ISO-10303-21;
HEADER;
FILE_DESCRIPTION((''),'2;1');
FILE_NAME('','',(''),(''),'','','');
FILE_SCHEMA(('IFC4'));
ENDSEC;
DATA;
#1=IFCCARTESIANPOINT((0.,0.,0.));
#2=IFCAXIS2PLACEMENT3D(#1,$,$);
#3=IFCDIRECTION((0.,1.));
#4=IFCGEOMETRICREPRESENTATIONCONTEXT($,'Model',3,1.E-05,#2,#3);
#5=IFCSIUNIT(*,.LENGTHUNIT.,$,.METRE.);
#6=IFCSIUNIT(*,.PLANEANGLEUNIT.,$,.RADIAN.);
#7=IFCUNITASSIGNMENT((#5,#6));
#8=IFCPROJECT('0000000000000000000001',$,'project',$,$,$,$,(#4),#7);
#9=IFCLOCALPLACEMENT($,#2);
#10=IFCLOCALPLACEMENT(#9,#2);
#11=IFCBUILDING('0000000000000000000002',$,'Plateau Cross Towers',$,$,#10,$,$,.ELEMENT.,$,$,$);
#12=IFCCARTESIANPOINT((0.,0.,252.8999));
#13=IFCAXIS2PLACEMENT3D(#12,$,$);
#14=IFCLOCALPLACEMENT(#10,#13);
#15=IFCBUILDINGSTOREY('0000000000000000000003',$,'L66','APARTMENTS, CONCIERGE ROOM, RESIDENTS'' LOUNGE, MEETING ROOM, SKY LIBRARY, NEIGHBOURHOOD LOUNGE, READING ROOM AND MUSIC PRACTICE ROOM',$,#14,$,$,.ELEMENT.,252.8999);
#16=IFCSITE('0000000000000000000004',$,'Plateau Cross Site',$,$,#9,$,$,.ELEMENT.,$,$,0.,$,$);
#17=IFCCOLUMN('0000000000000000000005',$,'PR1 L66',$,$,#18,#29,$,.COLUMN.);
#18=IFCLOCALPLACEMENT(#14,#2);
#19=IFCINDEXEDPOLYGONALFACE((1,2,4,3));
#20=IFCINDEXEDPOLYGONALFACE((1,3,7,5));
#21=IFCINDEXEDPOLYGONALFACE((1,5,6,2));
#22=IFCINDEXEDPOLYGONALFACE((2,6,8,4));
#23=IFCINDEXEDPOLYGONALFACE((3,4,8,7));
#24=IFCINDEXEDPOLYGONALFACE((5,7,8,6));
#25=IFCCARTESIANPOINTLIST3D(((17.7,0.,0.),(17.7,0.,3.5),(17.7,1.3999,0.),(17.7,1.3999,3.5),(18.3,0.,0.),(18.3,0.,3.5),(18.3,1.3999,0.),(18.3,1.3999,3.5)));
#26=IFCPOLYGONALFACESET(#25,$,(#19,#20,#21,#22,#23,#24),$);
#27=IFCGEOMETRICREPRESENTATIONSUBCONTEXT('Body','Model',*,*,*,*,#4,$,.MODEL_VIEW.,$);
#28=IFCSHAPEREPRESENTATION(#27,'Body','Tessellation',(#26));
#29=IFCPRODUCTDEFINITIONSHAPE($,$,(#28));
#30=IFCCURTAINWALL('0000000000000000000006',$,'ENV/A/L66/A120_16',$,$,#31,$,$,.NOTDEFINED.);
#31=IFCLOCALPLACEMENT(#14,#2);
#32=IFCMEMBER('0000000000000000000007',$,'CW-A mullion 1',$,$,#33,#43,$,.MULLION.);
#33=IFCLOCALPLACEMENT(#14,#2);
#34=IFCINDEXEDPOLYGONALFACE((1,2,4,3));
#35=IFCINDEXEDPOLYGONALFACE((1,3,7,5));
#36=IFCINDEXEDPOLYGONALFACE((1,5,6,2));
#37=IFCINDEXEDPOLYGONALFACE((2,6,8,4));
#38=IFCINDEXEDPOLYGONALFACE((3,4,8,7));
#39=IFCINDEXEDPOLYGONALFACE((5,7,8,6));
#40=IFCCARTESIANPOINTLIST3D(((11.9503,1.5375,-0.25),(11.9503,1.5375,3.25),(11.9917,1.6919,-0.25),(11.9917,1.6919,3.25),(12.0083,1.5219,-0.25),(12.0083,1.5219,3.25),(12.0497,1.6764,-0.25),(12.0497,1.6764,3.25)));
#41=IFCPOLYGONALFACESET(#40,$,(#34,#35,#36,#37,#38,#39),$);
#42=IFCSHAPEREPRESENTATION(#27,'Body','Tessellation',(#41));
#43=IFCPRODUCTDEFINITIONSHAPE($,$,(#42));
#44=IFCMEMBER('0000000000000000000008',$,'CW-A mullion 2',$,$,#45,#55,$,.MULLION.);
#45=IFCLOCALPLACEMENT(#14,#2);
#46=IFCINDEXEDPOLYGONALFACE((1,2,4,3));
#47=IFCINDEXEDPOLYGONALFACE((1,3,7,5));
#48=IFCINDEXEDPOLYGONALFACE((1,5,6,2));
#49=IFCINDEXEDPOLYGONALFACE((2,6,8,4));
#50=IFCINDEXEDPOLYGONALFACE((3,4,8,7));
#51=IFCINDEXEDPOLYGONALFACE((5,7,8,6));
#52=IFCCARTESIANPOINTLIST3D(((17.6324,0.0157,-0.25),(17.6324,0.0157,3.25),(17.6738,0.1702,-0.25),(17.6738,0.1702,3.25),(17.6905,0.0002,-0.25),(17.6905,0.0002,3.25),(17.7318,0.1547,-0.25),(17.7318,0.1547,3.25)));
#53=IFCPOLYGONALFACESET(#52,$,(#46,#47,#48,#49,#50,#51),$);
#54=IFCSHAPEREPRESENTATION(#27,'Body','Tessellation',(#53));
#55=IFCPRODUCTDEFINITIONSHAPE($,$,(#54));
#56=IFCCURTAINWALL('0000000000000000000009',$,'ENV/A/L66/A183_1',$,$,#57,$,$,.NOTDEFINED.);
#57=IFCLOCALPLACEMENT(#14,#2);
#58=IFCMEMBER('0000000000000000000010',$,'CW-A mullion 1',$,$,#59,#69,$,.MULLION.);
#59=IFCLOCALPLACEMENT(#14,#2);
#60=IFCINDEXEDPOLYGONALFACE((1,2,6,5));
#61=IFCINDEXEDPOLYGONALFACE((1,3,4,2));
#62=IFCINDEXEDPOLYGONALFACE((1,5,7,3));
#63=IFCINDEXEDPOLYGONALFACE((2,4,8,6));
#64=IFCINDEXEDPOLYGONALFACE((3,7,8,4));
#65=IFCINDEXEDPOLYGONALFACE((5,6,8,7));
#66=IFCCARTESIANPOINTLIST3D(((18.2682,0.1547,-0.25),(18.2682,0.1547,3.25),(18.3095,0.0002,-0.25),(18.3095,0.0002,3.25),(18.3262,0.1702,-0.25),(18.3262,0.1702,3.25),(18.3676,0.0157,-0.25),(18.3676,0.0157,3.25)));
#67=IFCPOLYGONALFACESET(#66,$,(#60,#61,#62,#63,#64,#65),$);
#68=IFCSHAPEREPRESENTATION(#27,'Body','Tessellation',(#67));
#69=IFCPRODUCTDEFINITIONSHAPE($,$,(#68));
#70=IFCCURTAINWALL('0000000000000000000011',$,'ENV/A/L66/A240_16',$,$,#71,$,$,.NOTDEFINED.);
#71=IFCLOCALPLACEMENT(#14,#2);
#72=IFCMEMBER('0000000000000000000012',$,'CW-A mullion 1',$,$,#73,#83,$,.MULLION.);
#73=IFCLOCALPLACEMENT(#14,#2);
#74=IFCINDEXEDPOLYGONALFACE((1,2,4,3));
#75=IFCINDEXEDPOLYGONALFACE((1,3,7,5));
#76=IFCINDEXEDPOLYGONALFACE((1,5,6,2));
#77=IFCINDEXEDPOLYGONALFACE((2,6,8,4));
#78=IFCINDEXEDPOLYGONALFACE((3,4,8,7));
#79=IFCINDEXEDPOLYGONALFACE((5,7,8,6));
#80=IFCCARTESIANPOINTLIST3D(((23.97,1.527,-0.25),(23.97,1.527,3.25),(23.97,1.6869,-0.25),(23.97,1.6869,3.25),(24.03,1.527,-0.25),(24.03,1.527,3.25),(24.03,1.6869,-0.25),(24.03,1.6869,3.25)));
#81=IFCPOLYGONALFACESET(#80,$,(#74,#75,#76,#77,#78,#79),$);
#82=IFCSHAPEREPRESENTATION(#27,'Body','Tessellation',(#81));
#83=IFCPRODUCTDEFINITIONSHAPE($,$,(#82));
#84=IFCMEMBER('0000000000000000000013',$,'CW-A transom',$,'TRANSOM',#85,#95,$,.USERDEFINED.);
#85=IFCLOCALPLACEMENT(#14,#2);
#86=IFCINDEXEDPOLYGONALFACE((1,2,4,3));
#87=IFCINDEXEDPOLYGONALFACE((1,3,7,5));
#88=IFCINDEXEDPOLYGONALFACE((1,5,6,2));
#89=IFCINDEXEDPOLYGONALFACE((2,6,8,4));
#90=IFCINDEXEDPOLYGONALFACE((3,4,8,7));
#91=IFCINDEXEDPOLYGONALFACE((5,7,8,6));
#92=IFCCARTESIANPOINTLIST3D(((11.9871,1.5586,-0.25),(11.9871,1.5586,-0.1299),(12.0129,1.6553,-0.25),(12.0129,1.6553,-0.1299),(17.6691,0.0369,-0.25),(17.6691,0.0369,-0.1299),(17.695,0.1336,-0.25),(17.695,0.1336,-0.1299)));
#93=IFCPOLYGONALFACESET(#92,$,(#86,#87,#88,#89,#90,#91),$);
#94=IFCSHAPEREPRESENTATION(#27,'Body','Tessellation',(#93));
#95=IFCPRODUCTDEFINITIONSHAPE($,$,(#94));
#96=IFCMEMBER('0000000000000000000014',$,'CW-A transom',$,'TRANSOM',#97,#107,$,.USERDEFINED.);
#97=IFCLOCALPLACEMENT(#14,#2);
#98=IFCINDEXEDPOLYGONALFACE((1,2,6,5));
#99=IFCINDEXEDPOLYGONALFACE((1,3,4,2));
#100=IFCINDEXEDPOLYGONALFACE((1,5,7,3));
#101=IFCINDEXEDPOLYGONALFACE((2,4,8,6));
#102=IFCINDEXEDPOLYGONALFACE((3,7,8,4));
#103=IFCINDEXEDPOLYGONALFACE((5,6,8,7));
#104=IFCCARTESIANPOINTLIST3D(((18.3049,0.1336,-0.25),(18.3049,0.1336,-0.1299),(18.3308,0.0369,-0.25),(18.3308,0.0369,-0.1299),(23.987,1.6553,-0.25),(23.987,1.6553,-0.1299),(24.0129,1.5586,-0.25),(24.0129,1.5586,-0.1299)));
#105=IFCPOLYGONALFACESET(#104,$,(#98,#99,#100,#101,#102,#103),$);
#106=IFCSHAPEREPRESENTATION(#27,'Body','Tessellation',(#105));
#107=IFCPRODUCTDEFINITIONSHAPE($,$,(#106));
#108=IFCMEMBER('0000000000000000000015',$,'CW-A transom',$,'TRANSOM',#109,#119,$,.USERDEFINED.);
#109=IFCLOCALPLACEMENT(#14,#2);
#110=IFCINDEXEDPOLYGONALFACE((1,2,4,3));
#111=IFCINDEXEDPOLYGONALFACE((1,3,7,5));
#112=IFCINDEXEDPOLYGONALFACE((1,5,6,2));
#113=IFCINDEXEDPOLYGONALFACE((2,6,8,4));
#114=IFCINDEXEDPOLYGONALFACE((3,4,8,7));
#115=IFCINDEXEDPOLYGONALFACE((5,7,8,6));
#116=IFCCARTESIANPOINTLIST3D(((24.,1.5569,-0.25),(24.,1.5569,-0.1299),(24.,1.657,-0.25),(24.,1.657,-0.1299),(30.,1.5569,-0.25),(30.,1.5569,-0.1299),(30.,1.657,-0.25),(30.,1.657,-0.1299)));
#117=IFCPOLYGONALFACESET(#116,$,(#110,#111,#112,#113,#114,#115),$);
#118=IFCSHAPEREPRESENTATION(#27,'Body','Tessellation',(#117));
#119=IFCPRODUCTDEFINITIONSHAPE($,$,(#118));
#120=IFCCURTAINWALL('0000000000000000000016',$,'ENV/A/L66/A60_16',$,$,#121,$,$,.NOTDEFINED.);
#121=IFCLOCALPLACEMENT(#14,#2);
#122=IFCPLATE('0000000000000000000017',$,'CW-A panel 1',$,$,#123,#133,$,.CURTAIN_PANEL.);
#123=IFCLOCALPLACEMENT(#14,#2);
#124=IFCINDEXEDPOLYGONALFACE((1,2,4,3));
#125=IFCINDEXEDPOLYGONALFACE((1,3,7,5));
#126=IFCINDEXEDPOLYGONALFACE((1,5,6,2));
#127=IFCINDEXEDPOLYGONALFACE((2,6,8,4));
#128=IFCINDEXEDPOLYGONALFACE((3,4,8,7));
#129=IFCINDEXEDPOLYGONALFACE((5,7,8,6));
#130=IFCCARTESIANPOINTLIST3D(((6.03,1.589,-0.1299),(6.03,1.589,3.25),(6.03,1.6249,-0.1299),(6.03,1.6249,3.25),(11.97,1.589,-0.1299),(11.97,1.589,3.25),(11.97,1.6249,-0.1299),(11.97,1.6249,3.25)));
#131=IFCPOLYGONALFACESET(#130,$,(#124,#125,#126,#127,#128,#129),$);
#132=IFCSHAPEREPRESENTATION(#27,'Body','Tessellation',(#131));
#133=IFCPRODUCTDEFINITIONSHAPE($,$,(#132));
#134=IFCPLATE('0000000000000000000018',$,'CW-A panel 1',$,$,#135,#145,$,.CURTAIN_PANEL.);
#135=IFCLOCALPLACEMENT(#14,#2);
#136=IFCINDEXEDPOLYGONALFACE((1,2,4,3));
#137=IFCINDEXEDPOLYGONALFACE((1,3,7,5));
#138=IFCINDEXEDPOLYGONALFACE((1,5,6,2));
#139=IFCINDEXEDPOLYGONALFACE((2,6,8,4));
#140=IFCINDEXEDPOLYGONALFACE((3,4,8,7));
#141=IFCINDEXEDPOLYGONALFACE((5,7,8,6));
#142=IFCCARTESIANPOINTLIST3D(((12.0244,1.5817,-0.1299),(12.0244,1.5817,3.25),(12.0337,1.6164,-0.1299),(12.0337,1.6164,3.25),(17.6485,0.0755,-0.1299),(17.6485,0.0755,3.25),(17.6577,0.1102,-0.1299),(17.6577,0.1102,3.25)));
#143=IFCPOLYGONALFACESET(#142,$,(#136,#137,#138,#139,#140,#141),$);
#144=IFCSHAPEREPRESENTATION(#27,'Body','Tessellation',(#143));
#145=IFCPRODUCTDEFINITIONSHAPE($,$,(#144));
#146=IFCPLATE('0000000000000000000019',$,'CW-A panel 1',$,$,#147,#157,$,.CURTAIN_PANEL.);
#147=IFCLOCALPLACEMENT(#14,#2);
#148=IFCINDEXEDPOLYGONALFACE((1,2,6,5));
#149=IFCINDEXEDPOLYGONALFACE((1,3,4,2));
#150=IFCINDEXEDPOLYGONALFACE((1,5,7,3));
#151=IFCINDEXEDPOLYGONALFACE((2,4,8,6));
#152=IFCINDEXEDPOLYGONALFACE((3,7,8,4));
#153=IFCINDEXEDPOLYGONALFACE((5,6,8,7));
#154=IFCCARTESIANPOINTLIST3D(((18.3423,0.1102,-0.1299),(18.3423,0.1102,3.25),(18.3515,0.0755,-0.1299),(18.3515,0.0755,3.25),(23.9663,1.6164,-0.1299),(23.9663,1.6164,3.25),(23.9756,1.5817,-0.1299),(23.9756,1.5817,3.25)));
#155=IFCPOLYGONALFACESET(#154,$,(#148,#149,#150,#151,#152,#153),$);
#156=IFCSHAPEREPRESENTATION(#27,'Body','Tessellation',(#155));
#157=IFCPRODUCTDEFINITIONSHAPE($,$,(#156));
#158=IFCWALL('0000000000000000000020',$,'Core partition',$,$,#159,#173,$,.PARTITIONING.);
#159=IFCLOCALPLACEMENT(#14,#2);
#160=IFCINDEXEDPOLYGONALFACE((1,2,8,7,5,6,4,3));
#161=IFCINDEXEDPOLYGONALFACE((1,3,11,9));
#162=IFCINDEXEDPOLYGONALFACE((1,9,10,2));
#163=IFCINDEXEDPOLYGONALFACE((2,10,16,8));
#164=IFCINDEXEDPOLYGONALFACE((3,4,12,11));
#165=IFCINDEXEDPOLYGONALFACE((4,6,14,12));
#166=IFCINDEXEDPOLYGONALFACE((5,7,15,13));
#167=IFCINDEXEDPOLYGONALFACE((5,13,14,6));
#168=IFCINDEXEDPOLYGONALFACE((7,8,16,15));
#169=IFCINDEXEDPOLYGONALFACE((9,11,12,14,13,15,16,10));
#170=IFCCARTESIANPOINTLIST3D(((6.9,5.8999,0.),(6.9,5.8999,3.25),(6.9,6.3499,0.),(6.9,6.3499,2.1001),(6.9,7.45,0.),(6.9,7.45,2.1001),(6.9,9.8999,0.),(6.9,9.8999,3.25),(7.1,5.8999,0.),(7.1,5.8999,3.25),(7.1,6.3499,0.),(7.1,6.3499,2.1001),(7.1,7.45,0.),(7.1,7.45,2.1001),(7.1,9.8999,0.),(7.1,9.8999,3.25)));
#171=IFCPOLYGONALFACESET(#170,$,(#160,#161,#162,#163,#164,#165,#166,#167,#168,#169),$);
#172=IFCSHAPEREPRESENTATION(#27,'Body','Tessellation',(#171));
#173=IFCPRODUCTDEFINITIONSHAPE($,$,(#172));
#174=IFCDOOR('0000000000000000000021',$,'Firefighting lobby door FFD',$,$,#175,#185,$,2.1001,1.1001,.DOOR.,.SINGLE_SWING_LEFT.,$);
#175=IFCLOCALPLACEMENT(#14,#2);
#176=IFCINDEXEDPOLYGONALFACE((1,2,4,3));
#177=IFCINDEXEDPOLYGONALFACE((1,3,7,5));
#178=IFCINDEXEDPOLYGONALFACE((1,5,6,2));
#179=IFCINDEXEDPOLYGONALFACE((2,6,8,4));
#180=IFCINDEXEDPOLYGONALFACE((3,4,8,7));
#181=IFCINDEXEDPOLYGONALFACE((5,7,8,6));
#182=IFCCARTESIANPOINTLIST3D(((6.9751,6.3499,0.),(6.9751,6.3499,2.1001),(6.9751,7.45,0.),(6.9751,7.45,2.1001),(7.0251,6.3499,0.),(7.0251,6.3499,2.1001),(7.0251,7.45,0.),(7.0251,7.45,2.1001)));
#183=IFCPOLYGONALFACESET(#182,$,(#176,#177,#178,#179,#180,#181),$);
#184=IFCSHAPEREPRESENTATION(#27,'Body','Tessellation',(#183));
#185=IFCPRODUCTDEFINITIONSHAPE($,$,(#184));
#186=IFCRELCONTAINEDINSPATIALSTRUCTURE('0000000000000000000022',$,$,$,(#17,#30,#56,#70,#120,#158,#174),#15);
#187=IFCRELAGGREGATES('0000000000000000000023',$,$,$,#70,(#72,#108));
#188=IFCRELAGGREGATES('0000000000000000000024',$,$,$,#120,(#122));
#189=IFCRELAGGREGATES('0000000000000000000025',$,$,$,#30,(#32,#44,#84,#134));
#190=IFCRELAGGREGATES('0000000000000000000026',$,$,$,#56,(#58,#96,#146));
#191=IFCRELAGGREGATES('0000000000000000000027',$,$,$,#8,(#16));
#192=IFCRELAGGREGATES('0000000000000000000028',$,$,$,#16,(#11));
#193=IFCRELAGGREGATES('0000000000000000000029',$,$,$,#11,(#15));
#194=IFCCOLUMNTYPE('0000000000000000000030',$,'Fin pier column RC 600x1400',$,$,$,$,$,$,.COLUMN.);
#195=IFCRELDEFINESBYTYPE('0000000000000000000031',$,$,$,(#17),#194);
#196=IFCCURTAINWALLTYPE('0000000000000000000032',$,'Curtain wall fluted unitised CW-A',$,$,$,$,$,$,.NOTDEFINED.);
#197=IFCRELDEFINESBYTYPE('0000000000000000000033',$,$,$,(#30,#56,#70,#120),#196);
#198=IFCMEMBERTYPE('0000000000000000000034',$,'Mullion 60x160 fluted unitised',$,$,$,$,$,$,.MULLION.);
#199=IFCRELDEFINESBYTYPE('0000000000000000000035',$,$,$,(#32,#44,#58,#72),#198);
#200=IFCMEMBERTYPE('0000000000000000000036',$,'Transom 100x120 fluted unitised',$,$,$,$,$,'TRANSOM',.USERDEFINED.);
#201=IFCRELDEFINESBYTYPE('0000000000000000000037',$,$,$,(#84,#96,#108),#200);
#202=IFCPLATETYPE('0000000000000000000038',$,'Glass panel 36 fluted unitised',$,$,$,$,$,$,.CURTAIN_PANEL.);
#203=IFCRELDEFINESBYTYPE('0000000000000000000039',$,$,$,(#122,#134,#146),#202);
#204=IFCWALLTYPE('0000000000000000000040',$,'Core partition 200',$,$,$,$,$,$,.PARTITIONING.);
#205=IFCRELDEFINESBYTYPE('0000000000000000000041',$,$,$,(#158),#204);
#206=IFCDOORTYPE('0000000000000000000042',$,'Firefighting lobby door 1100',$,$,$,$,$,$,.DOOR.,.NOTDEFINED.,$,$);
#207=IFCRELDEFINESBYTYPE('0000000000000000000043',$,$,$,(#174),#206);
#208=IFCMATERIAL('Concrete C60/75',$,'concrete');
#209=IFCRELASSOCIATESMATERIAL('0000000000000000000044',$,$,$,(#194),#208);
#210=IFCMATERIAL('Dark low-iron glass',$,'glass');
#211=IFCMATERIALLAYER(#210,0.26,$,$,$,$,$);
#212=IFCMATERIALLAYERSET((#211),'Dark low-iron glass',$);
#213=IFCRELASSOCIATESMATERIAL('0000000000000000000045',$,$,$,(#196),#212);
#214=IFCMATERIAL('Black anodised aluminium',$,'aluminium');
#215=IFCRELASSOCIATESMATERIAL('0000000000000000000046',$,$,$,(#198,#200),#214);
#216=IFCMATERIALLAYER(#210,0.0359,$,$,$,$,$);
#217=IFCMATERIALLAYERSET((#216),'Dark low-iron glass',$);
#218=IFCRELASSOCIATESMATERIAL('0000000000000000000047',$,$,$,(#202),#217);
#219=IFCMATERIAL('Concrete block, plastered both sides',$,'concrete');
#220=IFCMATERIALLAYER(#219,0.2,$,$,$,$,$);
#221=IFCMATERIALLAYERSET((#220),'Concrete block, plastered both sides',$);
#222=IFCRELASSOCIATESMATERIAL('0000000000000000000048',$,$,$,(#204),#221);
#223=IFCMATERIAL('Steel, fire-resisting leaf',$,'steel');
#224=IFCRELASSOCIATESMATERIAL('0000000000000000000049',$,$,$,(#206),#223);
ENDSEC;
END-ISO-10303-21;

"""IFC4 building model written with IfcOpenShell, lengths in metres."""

from ifc_helpers import new_model, si_unit, direction, frame, frame_2d, origin, origin_2d, place, context, subcontext, project, spatial, rectangle, extrude, material, layer, layer_set, material_profile, profile_set, type_object, element, fill, aggregate, save


model = new_model("IFC4")

# Units and contexts
model_context = context("Model", 3, precision=1e-05, world=origin(), true_north=direction((0.0, 1.0)))
body_context = subcontext(model_context, "Body", "Model", "MODEL_VIEW")
ifc_project = project(units=[si_unit("LENGTHUNIT", "METRE"), si_unit("PLANEANGLEUNIT", "RADIAN")], contexts=[model_context])

# Site, building, storey
site_placement = place(None, origin())
site = spatial("IfcSite", under=ifc_project, at=site_placement, Name="Plateau Cross Site", CompositionType="ELEMENT", RefElevation=0.0)
building_placement = place(site_placement, origin())
building = spatial("IfcBuilding", under=site, at=building_placement, Name="Plateau Cross Towers", CompositionType="ELEMENT")
storey_placement = place(building_placement, frame((0.0, 0.0, 252.8999)))
storey = spatial("IfcBuildingStorey", under=building, at=storey_placement, Name="L66", Description="APARTMENTS, CONCIERGE ROOM, RESIDENTS' LOUNGE, MEETING ROOM, SKY LIBRARY, NEIGHBOURHOOD LOUNGE, READING ROOM AND MUSIC PRACTICE ROOM", CompositionType="ELEMENT", Elevation=252.8999)

# Column
ifc_material_1 = material(Name="Concrete C60/75", Category="concrete")
ifc_material_profile_1 = material_profile(ifc_material_1, rectangle(XDim=0.6001, YDim=1.3999, at=origin_2d()), Name="RC 600x1400")
ifc_profile_set_1 = profile_set([ifc_material_profile_1], Name="Concrete C60/75")
column_type = type_object("IfcColumnType", Name="Fin pier column RC 600x1400", PredefinedType="COLUMN", material=ifc_profile_set_1)
column_placement = place(storey_placement, frame((18.0, 0.7, 0.0), z_axis=(0.0, 0.0, 1.0), x_axis=(1.0, 0.0, 0.0)))
element("IfcColumn", 1, at=column_placement, inside=storey, type_object=column_type, Name="PR1 L66", PredefinedType="COLUMN", context=body_context, shape_type="SweptSolid", body=[
    extrude(rectangle(XDim=0.6001, YDim=1.3999, at=origin_2d()), origin(), (0.0, 0.0, 1.0), 3.5),
])

# Curtain wall, members
ifc_material_2 = material(Name="Dark low-iron glass", Category="glass")
ifc_layer_1 = layer(ifc_material_2, 0.26)
ifc_layer_set_1 = layer_set([ifc_layer_1], Name="Dark low-iron glass")
curtain_wall_type = type_object("IfcCurtainWallType", Name="Curtain wall fluted unitised CW-A", PredefinedType="NOTDEFINED", material=ifc_layer_set_1)
curtain_wall_1_placement = place(storey_placement, origin())
curtain_wall_1 = element("IfcCurtainWall", 2, at=curtain_wall_1_placement, inside=storey, type_object=curtain_wall_type, Name="ENV/A/L66/A120_16", PredefinedType="NOTDEFINED")
ifc_material_3 = material(Name="Black anodised aluminium", Category="aluminium")
ifc_material_profile_2 = material_profile(ifc_material_3, rectangle(XDim=0.0601, YDim=0.1599, at=origin_2d()), Name="MULLION 60x160")
ifc_profile_set_2 = profile_set([ifc_material_profile_2], Name="Black anodised aluminium")
member_type_1 = type_object("IfcMemberType", Name="Mullion 60x160 fluted unitised", PredefinedType="MULLION", material=ifc_profile_set_2)
member_1_placement = place(storey_placement, frame((12.0, 1.6069, -0.25), z_axis=(0.0, 0.0, 1.0), x_axis=(0.965958, -0.258699, 0.0)))
member_1 = element("IfcMember", 3, at=member_1_placement, type_object=member_type_1, Name="CW-A mullion 1", PredefinedType="MULLION", context=body_context, shape_type="SweptSolid", body=[
    extrude(rectangle(XDim=0.0601, YDim=0.1599, at=origin_2d()), origin(), (0.0, 0.0, 1.0), 3.5),
])
member_2_placement = place(storey_placement, frame((17.6821, 0.0852, -0.25), z_axis=(0.0, 0.0, 1.0), x_axis=(0.965958, -0.258699, 0.0)))
member_2 = element("IfcMember", 4, at=member_2_placement, type_object=member_type_1, Name="CW-A mullion 2", PredefinedType="MULLION", context=body_context, shape_type="SweptSolid", body=[
    extrude(rectangle(XDim=0.0601, YDim=0.1599, at=origin_2d()), origin(), (0.0, 0.0, 1.0), 3.5),
])

# Curtain walls, members
curtain_wall_2_placement = place(storey_placement, origin())
curtain_wall_2 = element("IfcCurtainWall", 5, at=curtain_wall_2_placement, inside=storey, type_object=curtain_wall_type, Name="ENV/A/L66/A183_1", PredefinedType="NOTDEFINED")
member_3_placement = place(storey_placement, frame((18.3179, 0.0852, -0.25), z_axis=(0.0, 0.0, 1.0), x_axis=(0.965958, 0.258699, 0.0)))
member_3 = element("IfcMember", 6, at=member_3_placement, type_object=member_type_1, Name="CW-A mullion 1", PredefinedType="MULLION", context=body_context, shape_type="SweptSolid", body=[
    extrude(rectangle(XDim=0.0601, YDim=0.1599, at=origin_2d()), origin(), (0.0, 0.0, 1.0), 3.5),
])
curtain_wall_3_placement = place(storey_placement, origin())
curtain_wall_3 = element("IfcCurtainWall", 7, at=curtain_wall_3_placement, inside=storey, type_object=curtain_wall_type, Name="ENV/A/L66/A240_16", PredefinedType="NOTDEFINED")
member_4_placement = place(storey_placement, frame((24.0, 1.6069, -0.25), z_axis=(0.0, 0.0, 1.0), x_axis=(1.0, 0.0, 0.0)))
member_4 = element("IfcMember", 8, at=member_4_placement, type_object=member_type_1, Name="CW-A mullion 1", PredefinedType="MULLION", context=body_context, shape_type="SweptSolid", body=[
    extrude(rectangle(XDim=0.0601, YDim=0.1599, at=origin_2d()), origin(), (0.0, 0.0, 1.0), 3.5),
])

# Members
ifc_material_profile_3 = material_profile(ifc_material_3, rectangle(XDim=0.1001, YDim=0.1201, at=origin_2d()), Name="TRANSOM 100x120")
ifc_profile_set_3 = profile_set([ifc_material_profile_3], Name="Black anodised aluminium")
member_type_2 = type_object("IfcMemberType", Name="Transom 100x120 fluted unitised", ElementType="TRANSOM", PredefinedType="USERDEFINED", material=ifc_profile_set_3)
member_5_placement = place(storey_placement, frame((12.0, 1.6069, -0.1899), z_axis=(0.96596, -0.258693, 0.0), x_axis=(0.258693, 0.96596, 0.0)))
member_5 = element("IfcMember", 9, at=member_5_placement, type_object=member_type_2, Name="CW-A transom", ObjectType="TRANSOM", PredefinedType="USERDEFINED", context=body_context, shape_type="SweptSolid", body=[
    extrude(rectangle(XDim=0.1001, YDim=0.1201, at=origin_2d()), origin(), (0.0, 0.0, 1.0), 5.8823),
])
member_6_placement = place(storey_placement, frame((18.3179, 0.0852, -0.1899), z_axis=(0.96596, 0.258693, 0.0), x_axis=(-0.258693, 0.96596, 0.0)))
member_6 = element("IfcMember", 10, at=member_6_placement, type_object=member_type_2, Name="CW-A transom", ObjectType="TRANSOM", PredefinedType="USERDEFINED", context=body_context, shape_type="SweptSolid", body=[
    extrude(rectangle(XDim=0.1001, YDim=0.1201, at=origin_2d()), origin(), (0.0, 0.0, 1.0), 5.8823),
])
member_7_placement = place(storey_placement, frame((24.0, 1.6069, -0.1899), z_axis=(1.0, 0.0, 0.0), x_axis=(0.0, 1.0, 0.0)))
member_7 = element("IfcMember", 11, at=member_7_placement, type_object=member_type_2, Name="CW-A transom", ObjectType="TRANSOM", PredefinedType="USERDEFINED", context=body_context, shape_type="SweptSolid", body=[
    extrude(rectangle(XDim=0.1001, YDim=0.1201, at=origin_2d()), origin(), (0.0, 0.0, 1.0), 6.0),
])
aggregate(curtain_wall_3, [member_4, member_7])

# Curtain wall, plate
curtain_wall_4_placement = place(storey_placement, origin())
curtain_wall_4 = element("IfcCurtainWall", 12, at=curtain_wall_4_placement, inside=storey, type_object=curtain_wall_type, Name="ENV/A/L66/A60_16", PredefinedType="NOTDEFINED")
ifc_layer_2 = layer(ifc_material_2, 0.0359)
ifc_layer_set_2 = layer_set([ifc_layer_2], Name="Dark low-iron glass")
plate_type = type_object("IfcPlateType", Name="Glass panel 36 fluted unitised", PredefinedType="CURTAIN_PANEL", material=ifc_layer_set_2)
plate_1_placement = place(storey_placement, frame((9.0, 1.6069, -0.1299), z_axis=(0.0, 0.0, 1.0), x_axis=(1.0, 0.0, 0.0)))
plate_1 = element("IfcPlate", 13, at=plate_1_placement, type_object=plate_type, Name="CW-A panel 1", PredefinedType="CURTAIN_PANEL", context=body_context, shape_type="SweptSolid", body=[
    extrude(rectangle(XDim=5.9399, YDim=0.0359, at=origin_2d()), origin(), (0.0, 0.0, 1.0), 3.3799),
])
aggregate(curtain_wall_4, [plate_1])

# Plates
plate_2_placement = place(storey_placement, frame((14.8411, 0.8459, -0.1299), z_axis=(0.0, 0.0, 1.0), x_axis=(0.965958, -0.258699, 0.0)))
plate_2 = element("IfcPlate", 14, at=plate_2_placement, type_object=plate_type, Name="CW-A panel 1", PredefinedType="CURTAIN_PANEL", context=body_context, shape_type="SweptSolid", body=[
    extrude(rectangle(XDim=5.8223, YDim=0.0359, at=origin_2d()), origin(), (0.0, 0.0, 1.0), 3.3799),
])
aggregate(curtain_wall_1, [member_1, member_2, member_5, plate_2])
plate_3_placement = place(storey_placement, frame((21.1589, 0.8459, -0.1299), z_axis=(0.0, 0.0, 1.0), x_axis=(0.965958, 0.258699, 0.0)))
plate_3 = element("IfcPlate", 15, at=plate_3_placement, type_object=plate_type, Name="CW-A panel 1", PredefinedType="CURTAIN_PANEL", context=body_context, shape_type="SweptSolid", body=[
    extrude(rectangle(XDim=5.8223, YDim=0.0359, at=origin_2d()), origin(), (0.0, 0.0, 1.0), 3.3799),
])
aggregate(curtain_wall_2, [member_3, member_6, plate_3])

# Wall, opening, door
ifc_material_4 = material(Name="Concrete block, plastered both sides", Category="concrete")
ifc_layer_3 = layer(ifc_material_4, 0.2)
ifc_layer_set_3 = layer_set([ifc_layer_3], Name="Concrete block, plastered both sides")
wall_type_1 = type_object("IfcWallType", Name="Core partition 200", PredefinedType="PARTITIONING", material=ifc_layer_set_3)
wall_1_placement = place(storey_placement, frame((7.0, 5.8999, 0.0), z_axis=(0.0, 0.0, 1.0), x_axis=(0.0, 1.0, 0.0)))
wall_1 = element("IfcWall", 16, at=wall_1_placement, inside=storey, type_object=wall_type_1, Name="Core partition", PredefinedType="PARTITIONING", context=body_context, shape_type="SweptSolid", body=[
    extrude(rectangle(XDim=4.0, YDim=0.2, at=frame_2d((2.0, 0.0))), origin(), (0.0, 0.0, 1.0), 3.25),
])
opening_1_placement = place(wall_1_placement, frame((0.45, 0.0, 0.0)))
opening_1 = element("IfcOpeningElement", 17, at=opening_1_placement, cuts=wall_1, PredefinedType="OPENING", context=body_context, shape_type="SweptSolid", body=[
    extrude(rectangle(XDim=1.1001, YDim=2.1001, at=frame_2d((0.55, 1.05))), frame((0.0, 0.1099, 0.0), z_axis=(0.0, -1.0, 0.0), x_axis=(1.0, 0.0, 0.0)), (0.0, 0.0, 1.0), 0.22),
])
ifc_material_5 = material(Name="Steel, fire-resisting leaf", Category="steel")
door_type_1 = type_object("IfcDoorType", Name="Firefighting lobby door 1100", OperationType="NOTDEFINED", PredefinedType="DOOR", material=ifc_material_5)
door_1_placement = place(opening_1_placement, origin())
door_1 = element("IfcDoor", 18, at=door_1_placement, inside=storey, type_object=door_type_1, Name="Firefighting lobby door FFD", OperationType="SINGLE_SWING_LEFT", OverallHeight=2.1001, OverallWidth=1.1001, PredefinedType="DOOR", context=body_context, shape_type="SweptSolid", body=[
    extrude(rectangle(XDim=1.1001, YDim=2.1001, at=frame_2d((0.55, 1.05))), frame((0.0, 0.0249, 0.0), z_axis=(0.0, -1.0, 0.0), x_axis=(1.0, 0.0, 0.0)), (0.0, 0.0, 1.0), 0.05),
])
fill(opening_1, door_1)

save(model, "model.ifc")
